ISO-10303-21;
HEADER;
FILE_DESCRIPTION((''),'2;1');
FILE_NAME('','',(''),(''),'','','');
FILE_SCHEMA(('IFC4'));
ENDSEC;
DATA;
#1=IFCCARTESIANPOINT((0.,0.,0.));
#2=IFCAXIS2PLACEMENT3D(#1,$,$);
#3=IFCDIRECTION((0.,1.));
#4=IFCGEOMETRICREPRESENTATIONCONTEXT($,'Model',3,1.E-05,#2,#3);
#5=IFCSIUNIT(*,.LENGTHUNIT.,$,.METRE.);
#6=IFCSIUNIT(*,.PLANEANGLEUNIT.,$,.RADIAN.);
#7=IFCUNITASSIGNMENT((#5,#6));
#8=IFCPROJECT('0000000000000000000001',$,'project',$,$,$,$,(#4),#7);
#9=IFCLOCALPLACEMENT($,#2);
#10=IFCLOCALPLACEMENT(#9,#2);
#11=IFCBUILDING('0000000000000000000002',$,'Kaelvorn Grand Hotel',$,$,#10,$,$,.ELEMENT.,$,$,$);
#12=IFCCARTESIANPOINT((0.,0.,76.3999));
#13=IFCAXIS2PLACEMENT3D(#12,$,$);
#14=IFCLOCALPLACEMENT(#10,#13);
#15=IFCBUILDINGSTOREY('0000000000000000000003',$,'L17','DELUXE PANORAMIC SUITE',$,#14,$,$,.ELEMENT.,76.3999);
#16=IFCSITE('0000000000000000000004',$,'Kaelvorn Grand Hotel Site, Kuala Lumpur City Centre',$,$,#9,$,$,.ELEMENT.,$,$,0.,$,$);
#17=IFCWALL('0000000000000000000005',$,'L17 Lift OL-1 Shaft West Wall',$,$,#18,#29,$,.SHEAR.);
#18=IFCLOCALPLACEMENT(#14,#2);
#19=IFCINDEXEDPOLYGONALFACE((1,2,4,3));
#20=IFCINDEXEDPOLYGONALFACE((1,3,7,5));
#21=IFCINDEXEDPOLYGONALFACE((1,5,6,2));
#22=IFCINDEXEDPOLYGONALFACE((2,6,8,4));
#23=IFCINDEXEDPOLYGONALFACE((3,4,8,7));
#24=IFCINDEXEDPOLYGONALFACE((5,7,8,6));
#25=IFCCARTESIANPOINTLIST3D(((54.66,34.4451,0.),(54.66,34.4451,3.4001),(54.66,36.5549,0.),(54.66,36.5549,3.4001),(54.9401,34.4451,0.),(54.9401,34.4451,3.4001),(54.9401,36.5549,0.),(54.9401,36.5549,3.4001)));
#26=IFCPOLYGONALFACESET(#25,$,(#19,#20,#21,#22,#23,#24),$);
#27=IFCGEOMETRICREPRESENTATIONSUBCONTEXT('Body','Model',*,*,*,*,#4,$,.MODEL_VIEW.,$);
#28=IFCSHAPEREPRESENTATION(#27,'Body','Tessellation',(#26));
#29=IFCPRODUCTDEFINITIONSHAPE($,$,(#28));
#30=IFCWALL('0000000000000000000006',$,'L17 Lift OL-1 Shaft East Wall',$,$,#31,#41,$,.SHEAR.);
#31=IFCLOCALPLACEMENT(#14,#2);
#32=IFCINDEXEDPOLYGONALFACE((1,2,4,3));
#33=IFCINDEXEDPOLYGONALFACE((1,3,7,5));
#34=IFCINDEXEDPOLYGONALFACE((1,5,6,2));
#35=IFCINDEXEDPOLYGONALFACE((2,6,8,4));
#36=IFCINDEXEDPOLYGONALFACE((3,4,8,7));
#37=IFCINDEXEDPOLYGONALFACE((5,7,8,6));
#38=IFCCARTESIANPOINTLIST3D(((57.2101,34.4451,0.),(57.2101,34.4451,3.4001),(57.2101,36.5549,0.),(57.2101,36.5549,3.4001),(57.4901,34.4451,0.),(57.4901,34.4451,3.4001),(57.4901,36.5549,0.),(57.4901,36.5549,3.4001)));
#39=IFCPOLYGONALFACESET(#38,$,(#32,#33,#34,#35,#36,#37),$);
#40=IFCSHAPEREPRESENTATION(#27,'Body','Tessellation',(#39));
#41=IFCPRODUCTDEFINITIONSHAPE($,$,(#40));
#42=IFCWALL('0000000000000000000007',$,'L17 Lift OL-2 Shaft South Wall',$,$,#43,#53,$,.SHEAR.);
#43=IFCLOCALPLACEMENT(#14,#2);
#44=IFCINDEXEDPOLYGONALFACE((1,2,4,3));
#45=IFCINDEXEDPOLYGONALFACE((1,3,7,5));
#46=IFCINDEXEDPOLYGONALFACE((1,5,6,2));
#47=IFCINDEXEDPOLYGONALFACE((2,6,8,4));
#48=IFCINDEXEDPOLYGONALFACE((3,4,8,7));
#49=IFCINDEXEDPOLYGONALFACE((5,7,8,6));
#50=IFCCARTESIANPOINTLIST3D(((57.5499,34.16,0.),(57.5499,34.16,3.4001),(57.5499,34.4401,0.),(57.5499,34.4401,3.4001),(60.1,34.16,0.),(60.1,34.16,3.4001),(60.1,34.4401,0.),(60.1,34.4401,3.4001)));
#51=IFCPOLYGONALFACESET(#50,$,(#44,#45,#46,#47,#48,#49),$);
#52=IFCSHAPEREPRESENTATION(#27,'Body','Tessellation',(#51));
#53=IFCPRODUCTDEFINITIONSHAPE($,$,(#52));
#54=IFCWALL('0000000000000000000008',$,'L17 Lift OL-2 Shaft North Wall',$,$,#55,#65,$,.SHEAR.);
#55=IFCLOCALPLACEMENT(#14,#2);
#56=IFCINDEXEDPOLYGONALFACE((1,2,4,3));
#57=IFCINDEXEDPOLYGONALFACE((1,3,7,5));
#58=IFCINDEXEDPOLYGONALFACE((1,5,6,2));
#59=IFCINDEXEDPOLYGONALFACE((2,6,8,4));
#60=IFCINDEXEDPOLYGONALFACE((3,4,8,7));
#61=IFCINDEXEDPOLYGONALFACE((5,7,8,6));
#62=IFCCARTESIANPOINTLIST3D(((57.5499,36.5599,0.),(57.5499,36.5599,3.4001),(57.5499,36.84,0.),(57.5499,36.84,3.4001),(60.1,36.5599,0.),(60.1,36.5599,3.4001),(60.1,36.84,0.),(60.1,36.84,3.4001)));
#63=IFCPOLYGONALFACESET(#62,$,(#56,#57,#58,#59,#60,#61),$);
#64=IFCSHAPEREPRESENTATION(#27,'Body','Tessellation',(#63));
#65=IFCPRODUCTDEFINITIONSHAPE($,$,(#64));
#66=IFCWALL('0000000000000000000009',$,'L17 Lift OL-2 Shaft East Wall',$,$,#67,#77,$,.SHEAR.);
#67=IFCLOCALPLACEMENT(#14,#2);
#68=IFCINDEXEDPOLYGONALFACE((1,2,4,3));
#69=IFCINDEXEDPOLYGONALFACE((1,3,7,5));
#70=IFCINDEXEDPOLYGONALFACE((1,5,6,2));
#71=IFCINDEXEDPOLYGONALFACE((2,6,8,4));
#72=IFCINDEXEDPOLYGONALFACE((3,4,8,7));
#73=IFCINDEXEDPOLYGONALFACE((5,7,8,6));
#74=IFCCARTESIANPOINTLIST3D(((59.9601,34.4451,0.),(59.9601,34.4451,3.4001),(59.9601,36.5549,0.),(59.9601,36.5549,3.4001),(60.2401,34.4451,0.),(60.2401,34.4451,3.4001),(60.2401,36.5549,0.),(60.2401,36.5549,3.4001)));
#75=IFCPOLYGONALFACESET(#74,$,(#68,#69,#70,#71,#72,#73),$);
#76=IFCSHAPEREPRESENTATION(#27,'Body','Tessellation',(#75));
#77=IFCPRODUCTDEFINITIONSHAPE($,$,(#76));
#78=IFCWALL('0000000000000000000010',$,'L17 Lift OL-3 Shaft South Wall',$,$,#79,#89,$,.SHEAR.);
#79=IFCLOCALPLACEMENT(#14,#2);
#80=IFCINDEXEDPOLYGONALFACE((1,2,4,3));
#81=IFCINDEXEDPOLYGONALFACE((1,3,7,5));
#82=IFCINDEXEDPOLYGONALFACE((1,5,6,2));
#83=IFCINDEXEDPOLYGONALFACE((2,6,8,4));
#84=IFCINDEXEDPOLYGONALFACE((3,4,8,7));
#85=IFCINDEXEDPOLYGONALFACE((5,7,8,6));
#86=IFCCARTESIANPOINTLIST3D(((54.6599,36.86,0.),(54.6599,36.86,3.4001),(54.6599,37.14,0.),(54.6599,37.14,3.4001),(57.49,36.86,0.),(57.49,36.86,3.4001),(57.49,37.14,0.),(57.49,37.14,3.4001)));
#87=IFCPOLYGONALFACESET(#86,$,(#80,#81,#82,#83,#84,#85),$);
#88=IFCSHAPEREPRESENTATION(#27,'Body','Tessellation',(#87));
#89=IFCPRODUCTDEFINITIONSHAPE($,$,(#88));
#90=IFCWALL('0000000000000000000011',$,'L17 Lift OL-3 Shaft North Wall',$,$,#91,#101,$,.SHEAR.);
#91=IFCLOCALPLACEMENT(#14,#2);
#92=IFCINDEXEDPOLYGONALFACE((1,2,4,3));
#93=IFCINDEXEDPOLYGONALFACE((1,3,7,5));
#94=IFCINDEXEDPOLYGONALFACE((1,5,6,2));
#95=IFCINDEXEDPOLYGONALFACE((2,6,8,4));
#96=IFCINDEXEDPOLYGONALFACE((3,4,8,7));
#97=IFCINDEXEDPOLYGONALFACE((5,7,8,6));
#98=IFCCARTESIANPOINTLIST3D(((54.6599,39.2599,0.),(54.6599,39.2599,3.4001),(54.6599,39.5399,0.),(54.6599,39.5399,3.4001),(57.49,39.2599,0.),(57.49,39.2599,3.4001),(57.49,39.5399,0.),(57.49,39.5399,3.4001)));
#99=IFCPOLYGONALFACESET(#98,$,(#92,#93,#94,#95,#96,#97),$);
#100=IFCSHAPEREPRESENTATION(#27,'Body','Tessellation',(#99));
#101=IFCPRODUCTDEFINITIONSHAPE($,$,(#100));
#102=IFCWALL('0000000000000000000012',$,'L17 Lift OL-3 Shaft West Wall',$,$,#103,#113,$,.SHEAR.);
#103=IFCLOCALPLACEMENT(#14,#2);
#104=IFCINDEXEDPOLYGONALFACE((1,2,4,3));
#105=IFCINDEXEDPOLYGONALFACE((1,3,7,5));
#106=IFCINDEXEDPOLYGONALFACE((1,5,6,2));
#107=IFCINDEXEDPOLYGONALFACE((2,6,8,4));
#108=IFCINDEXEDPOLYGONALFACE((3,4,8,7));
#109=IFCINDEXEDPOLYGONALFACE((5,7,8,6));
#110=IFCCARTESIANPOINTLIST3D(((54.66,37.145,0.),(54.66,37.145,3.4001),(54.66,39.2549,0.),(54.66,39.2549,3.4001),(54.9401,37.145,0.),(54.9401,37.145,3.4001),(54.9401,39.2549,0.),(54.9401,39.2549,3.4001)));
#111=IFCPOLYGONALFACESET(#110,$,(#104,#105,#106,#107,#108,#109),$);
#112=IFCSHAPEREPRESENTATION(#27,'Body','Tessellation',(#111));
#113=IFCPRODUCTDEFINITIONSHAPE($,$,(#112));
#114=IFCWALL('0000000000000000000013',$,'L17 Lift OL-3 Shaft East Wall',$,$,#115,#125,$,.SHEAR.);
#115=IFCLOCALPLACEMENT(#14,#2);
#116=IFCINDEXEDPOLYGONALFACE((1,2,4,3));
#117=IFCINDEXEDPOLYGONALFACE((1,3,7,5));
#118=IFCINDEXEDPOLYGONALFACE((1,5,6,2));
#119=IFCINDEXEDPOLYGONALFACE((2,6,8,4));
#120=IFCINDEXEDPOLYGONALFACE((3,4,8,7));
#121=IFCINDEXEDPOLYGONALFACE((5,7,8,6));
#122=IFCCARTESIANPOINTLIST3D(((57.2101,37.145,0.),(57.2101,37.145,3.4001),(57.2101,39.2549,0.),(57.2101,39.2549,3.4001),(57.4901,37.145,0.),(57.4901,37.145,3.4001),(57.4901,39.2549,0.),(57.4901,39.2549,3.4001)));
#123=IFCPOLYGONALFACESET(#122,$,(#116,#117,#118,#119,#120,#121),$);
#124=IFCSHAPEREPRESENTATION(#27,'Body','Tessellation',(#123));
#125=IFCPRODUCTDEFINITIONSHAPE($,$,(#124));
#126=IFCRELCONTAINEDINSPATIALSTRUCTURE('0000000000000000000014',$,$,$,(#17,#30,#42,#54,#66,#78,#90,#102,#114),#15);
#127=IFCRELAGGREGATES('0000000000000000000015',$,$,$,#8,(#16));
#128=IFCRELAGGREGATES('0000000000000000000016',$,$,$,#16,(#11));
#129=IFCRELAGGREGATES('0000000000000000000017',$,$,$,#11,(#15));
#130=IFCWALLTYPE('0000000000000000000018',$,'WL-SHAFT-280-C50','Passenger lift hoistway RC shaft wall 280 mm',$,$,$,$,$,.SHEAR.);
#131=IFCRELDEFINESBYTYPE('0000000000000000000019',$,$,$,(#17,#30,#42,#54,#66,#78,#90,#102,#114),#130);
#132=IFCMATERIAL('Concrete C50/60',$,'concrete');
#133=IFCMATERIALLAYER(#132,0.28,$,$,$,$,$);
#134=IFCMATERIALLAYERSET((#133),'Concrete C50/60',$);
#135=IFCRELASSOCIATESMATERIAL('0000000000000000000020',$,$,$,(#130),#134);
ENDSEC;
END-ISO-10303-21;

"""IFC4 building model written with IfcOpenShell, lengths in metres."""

from ifc_helpers import new_model, si_unit, direction, frame, frame_2d, origin, place, context, subcontext, project, spatial, rectangle, extrude, material, layer, layer_set, type_object, element, save


model = new_model("IFC4")

# Units and contexts
model_context = context("Model", 3, precision=1e-05, world=origin(), true_north=direction((0.0, 1.0)))
body_context = subcontext(model_context, "Body", "Model", "MODEL_VIEW")
ifc_project = project(units=[si_unit("LENGTHUNIT", "METRE"), si_unit("PLANEANGLEUNIT", "RADIAN")], contexts=[model_context])

# Site, building, storey
site_placement = place(None, origin())
site = spatial("IfcSite", under=ifc_project, at=site_placement, Name="Kaelvorn Grand Hotel Site, Kuala Lumpur City Centre", CompositionType="ELEMENT", RefElevation=0.0)
building_placement = place(site_placement, origin())
building = spatial("IfcBuilding", under=site, at=building_placement, Name="Kaelvorn Grand Hotel", CompositionType="ELEMENT")
storey_placement = place(building_placement, frame((0.0, 0.0, 76.3999)))
storey = spatial("IfcBuildingStorey", under=building, at=storey_placement, Name="L17", Description="DELUXE PANORAMIC SUITE", CompositionType="ELEMENT", Elevation=76.3999)

# Walls
ifc_material_1 = material(Name="Concrete C50/60", Category="concrete")
ifc_layer_1 = layer(ifc_material_1, 0.28)
ifc_layer_set_1 = layer_set([ifc_layer_1], Name="Concrete C50/60")
wall_type_1 = type_object("IfcWallType", Name="WL-SHAFT-280-C50", Description="Passenger lift hoistway RC shaft wall 280 mm", PredefinedType="SHEAR", material=ifc_layer_set_1)
for number, where, z_axis, x_axis, name in (
    (1, (54.8, 34.4451, 0.0), (0.0, 0.0, 1.0), (0.0, 1.0, 0.0), "L17 Lift OL-1 Shaft West Wall"),
    (2, (57.3501, 34.4451, 0.0), (0.0, 0.0, 1.0), (0.0, 1.0, 0.0), "L17 Lift OL-1 Shaft East Wall"),
):
    element("IfcWall", number, at=place(storey_placement, frame(where, z_axis=z_axis, x_axis=x_axis)), inside=storey, type_object=wall_type_1, Name=name, PredefinedType="SHEAR", context=body_context, shape_type="SweptSolid", body=[
        extrude(rectangle(XDim=2.1099, YDim=0.28, at=frame_2d((1.0549, 0.0))), origin(), (0.0, 0.0, 1.0), 3.4001),
    ])
for number, where, z_axis, x_axis, name in (
    (3, (57.55, 34.3, 0.0), (0.0, 0.0, 1.0), (1.0, 0.0, 0.0), "L17 Lift OL-2 Shaft South Wall"),
    (4, (57.55, 36.7, 0.0), (0.0, 0.0, 1.0), (1.0, 0.0, 0.0), "L17 Lift OL-2 Shaft North Wall"),
):
    element("IfcWall", number, at=place(storey_placement, frame(where, z_axis=z_axis, x_axis=x_axis)), inside=storey, type_object=wall_type_1, Name=name, PredefinedType="SHEAR", context=body_context, shape_type="SweptSolid", body=[
        extrude(rectangle(XDim=2.55, YDim=0.28, at=frame_2d((1.2749, 0.0))), origin(), (0.0, 0.0, 1.0), 3.4001),
    ])
wall_1_placement = place(storey_placement, frame((60.1001, 34.4451, 0.0), z_axis=(0.0, 0.0, 1.0), x_axis=(0.0, 1.0, 0.0)))
element("IfcWall", 5, at=wall_1_placement, inside=storey, type_object=wall_type_1, Name="L17 Lift OL-2 Shaft East Wall", PredefinedType="SHEAR", context=body_context, shape_type="SweptSolid", body=[
    extrude(rectangle(XDim=2.1099, YDim=0.28, at=frame_2d((1.0549, 0.0))), origin(), (0.0, 0.0, 1.0), 3.4001),
])
for number, where, z_axis, x_axis, name in (
    (6, (54.6599, 37.0, 0.0), (0.0, 0.0, 1.0), (1.0, 0.0, 0.0), "L17 Lift OL-3 Shaft South Wall"),
    (7, (54.6599, 39.3999, 0.0), (0.0, 0.0, 1.0), (1.0, 0.0, 0.0), "L17 Lift OL-3 Shaft North Wall"),
):
    element("IfcWall", number, at=place(storey_placement, frame(where, z_axis=z_axis, x_axis=x_axis)), inside=storey, type_object=wall_type_1, Name=name, PredefinedType="SHEAR", context=body_context, shape_type="SweptSolid", body=[
        extrude(rectangle(XDim=2.8301, YDim=0.28, at=frame_2d((1.415, 0.0))), origin(), (0.0, 0.0, 1.0), 3.4001),
    ])
for number, where, z_axis, x_axis, name in (
    (8, (54.8, 37.145, 0.0), (0.0, 0.0, 1.0), (0.0, 1.0, 0.0), "L17 Lift OL-3 Shaft West Wall"),
    (9, (57.3501, 37.145, 0.0), (0.0, 0.0, 1.0), (0.0, 1.0, 0.0), "L17 Lift OL-3 Shaft East Wall"),
):
    element("IfcWall", number, at=place(storey_placement, frame(where, z_axis=z_axis, x_axis=x_axis)), inside=storey, type_object=wall_type_1, Name=name, PredefinedType="SHEAR", context=body_context, shape_type="SweptSolid", body=[
        extrude(rectangle(XDim=2.1099, YDim=0.28, at=frame_2d((1.0549, 0.0))), origin(), (0.0, 0.0, 1.0), 3.4001),
    ])

save(model, "model.ifc")
